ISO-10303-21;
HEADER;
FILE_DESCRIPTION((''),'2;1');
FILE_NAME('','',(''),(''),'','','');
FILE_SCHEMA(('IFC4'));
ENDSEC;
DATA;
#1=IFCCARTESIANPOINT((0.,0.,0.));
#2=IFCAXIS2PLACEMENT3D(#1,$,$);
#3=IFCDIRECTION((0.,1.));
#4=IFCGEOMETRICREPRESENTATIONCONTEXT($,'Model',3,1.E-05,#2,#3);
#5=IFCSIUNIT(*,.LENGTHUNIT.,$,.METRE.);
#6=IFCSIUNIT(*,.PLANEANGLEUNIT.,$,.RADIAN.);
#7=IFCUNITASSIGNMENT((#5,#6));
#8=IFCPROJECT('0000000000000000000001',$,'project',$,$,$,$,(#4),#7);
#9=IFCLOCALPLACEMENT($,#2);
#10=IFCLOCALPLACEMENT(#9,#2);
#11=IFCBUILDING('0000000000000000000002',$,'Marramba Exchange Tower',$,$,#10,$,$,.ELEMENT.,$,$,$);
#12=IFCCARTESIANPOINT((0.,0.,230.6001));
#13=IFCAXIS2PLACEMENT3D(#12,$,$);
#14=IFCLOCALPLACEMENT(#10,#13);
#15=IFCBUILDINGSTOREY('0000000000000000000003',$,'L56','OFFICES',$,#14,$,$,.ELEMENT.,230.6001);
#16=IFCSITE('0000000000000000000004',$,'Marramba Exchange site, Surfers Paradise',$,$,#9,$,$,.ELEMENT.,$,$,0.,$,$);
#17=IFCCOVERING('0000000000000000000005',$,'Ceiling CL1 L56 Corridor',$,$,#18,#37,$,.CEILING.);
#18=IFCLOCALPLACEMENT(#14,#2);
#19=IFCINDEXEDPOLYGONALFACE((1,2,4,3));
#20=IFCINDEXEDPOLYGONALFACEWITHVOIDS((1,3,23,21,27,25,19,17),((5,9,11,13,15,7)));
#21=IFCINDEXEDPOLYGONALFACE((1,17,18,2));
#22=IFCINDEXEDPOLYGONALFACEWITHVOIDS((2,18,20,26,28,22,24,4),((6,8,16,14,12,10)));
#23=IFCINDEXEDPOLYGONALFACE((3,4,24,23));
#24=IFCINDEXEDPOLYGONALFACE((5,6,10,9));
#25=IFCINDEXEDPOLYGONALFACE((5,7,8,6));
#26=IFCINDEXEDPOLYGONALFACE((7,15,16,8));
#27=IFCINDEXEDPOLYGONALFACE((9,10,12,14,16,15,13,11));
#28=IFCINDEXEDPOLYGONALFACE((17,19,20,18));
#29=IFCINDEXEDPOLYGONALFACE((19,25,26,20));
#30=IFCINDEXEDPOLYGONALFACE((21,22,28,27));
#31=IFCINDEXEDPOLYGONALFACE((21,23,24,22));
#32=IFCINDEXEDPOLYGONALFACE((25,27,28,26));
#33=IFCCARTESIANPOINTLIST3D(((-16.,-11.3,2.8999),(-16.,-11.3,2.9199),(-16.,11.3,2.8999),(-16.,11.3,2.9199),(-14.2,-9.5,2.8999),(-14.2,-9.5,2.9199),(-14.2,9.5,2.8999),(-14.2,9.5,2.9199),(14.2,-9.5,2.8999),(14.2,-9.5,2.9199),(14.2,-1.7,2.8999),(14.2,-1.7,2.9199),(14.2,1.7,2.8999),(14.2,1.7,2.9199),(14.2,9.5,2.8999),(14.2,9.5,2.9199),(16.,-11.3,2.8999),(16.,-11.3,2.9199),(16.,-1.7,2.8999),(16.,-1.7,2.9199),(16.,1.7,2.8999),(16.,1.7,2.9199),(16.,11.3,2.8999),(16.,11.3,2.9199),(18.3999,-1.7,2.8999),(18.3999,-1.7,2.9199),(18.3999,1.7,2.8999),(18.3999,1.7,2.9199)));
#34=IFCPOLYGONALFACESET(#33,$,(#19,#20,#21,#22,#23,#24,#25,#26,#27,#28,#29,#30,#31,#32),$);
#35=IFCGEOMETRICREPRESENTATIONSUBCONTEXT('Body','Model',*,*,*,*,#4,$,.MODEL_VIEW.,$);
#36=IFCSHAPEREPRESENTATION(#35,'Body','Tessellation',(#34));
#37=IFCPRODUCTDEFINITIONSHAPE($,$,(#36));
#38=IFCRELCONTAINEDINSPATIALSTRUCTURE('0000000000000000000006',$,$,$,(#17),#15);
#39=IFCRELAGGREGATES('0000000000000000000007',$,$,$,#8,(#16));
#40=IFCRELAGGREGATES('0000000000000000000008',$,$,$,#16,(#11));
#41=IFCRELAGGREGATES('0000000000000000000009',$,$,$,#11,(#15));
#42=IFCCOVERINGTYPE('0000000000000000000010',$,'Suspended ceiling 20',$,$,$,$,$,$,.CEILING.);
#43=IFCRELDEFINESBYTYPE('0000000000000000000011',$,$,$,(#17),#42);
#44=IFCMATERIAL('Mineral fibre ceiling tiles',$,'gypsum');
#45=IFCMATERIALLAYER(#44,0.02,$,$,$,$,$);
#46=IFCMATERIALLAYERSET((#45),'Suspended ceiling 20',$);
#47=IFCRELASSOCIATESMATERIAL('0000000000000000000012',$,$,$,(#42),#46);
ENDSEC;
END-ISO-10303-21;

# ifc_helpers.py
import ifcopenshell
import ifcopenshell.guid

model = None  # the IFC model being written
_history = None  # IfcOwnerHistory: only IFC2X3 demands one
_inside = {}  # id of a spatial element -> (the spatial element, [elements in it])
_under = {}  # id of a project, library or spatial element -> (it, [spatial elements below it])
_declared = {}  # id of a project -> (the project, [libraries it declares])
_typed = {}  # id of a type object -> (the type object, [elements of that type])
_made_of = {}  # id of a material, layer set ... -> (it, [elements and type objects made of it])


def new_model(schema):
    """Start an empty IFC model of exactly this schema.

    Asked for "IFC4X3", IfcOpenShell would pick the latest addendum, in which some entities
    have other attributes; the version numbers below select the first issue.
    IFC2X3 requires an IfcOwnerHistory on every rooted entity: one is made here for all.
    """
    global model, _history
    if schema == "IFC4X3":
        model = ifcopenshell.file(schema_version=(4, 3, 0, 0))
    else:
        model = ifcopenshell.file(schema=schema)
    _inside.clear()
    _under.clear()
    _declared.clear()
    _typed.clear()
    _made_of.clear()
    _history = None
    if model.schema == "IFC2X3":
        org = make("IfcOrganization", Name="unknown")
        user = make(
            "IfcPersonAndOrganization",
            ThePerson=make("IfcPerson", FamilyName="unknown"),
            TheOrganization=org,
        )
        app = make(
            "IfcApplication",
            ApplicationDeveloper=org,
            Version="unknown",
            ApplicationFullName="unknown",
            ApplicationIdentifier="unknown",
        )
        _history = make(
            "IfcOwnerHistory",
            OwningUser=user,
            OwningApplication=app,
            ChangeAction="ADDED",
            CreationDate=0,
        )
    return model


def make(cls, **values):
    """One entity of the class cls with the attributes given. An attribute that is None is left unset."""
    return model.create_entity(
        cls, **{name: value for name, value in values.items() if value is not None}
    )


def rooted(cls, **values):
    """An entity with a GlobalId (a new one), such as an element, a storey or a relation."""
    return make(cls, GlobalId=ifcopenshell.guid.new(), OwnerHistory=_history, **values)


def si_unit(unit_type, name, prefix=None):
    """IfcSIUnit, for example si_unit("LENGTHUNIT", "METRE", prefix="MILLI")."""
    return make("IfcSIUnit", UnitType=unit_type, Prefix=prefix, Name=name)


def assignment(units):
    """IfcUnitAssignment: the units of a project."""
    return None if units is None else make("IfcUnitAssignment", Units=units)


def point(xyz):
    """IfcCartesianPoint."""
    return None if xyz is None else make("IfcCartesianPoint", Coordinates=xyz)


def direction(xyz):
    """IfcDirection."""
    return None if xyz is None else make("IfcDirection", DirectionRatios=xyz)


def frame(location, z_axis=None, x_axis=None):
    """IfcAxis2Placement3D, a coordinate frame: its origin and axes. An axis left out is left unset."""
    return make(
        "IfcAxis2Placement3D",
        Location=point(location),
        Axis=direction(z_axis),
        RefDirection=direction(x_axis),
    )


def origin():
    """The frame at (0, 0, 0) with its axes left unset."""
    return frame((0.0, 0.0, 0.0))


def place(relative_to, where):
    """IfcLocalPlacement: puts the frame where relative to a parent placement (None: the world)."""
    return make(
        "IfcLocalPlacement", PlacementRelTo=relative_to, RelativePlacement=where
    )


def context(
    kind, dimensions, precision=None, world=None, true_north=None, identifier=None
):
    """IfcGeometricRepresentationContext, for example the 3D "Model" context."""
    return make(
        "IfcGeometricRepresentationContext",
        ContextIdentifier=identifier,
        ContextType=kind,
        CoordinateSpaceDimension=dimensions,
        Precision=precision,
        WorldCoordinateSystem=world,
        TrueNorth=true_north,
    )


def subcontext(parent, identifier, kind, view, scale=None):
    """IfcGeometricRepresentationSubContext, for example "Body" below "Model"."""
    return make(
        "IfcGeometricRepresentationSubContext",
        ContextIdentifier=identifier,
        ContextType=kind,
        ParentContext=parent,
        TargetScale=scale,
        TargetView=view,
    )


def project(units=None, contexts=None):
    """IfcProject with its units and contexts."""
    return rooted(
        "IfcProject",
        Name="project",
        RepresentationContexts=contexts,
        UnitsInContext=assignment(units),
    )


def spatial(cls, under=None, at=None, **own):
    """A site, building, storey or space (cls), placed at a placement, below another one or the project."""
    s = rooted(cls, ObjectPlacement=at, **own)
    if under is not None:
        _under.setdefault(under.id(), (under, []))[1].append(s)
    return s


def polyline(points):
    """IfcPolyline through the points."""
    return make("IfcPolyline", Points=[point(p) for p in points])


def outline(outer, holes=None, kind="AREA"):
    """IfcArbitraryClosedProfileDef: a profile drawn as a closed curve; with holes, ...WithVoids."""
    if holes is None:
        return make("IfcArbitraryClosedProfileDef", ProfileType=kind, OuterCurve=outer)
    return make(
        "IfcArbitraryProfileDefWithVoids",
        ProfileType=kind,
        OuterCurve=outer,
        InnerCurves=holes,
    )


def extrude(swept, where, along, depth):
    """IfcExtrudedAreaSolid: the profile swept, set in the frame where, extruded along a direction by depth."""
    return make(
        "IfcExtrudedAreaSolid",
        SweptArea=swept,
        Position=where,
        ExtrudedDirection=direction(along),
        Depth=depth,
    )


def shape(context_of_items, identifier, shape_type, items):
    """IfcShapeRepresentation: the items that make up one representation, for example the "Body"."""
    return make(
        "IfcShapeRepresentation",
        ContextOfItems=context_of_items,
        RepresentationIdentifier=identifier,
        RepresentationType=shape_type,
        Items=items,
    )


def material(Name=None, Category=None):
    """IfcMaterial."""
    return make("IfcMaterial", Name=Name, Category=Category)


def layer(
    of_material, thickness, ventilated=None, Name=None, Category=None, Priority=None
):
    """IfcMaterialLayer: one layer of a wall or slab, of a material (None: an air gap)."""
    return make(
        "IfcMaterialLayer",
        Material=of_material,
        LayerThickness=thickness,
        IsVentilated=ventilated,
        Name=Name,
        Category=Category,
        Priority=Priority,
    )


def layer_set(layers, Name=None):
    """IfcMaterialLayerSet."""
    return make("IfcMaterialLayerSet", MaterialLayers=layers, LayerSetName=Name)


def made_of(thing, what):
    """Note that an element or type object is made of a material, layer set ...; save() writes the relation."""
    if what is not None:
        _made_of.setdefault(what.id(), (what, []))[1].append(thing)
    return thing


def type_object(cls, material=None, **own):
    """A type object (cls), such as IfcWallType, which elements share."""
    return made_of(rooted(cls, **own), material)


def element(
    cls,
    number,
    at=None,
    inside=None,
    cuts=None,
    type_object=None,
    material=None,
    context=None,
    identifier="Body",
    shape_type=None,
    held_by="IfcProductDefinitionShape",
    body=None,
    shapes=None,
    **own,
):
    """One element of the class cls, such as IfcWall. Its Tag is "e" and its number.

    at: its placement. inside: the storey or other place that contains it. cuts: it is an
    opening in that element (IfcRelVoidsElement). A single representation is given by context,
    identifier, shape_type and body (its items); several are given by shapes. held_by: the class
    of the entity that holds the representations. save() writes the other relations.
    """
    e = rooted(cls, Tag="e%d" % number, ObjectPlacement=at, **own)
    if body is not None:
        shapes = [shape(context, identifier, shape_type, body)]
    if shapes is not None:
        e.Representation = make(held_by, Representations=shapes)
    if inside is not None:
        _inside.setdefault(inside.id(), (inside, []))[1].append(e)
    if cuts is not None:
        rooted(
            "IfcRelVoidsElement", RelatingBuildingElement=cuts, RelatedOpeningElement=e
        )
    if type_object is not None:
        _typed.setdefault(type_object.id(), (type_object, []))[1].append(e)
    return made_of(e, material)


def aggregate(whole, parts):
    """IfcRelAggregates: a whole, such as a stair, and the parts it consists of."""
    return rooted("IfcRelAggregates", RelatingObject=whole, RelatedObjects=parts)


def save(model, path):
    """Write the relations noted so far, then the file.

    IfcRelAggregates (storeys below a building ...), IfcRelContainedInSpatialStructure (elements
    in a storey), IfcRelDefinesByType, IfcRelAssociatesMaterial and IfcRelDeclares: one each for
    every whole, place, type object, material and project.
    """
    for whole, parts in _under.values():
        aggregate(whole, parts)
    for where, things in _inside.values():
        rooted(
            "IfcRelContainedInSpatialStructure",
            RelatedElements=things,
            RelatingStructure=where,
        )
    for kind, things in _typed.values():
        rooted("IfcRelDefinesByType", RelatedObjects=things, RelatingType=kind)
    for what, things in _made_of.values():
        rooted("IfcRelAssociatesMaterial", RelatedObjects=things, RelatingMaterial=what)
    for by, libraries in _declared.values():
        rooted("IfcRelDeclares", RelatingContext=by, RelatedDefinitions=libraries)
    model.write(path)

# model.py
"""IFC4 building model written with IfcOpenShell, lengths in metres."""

from ifc_helpers import new_model, si_unit, direction, frame, origin, place, context, subcontext, project, spatial, polyline, outline, extrude, material, layer, layer_set, type_object, element, save


model = new_model("IFC4")

# Units and contexts
model_context = context("Model", 3, precision=1e-05, world=origin(), true_north=direction((0.0, 1.0)))
body_context = subcontext(model_context, "Body", "Model", "MODEL_VIEW")
ifc_project = project(units=[si_unit("LENGTHUNIT", "METRE"), si_unit("PLANEANGLEUNIT", "RADIAN")], contexts=[model_context])

# Site, building, storey
site_placement = place(None, origin())
site = spatial("IfcSite", under=ifc_project, at=site_placement, Name="Marramba Exchange site, Surfers Paradise", CompositionType="ELEMENT", RefElevation=0.0)
building_placement = place(site_placement, origin())
building = spatial("IfcBuilding", under=site, at=building_placement, Name="Marramba Exchange Tower", CompositionType="ELEMENT")
storey_placement = place(building_placement, frame((0.0, 0.0, 230.6001)))
storey = spatial("IfcBuildingStorey", under=building, at=storey_placement, Name="L56", Description="OFFICES", CompositionType="ELEMENT", Elevation=230.6001)

# Covering
ifc_material_1 = material(Name="Mineral fibre ceiling tiles", Category="gypsum")
ifc_layer_1 = layer(ifc_material_1, 0.02)
ifc_layer_set_1 = layer_set([ifc_layer_1], Name="Suspended ceiling 20")
covering_type = type_object("IfcCoveringType", Name="Suspended ceiling 20", PredefinedType="CEILING", material=ifc_layer_set_1)
covering_1_placement = place(storey_placement, frame((0.0, 0.0, 2.8999)))
element("IfcCovering", 1, at=covering_1_placement, inside=storey, type_object=covering_type, Name="Ceiling CL1 L56 Corridor", PredefinedType="CEILING", context=body_context, shape_type="SweptSolid", body=[
    extrude(outline(polyline([(18.3999, 1.7), (18.3999, -1.7), (16.0, -1.7), (16.0, -11.3), (-16.0, -11.3), (-16.0, 11.3), (16.0, 11.3), (16.0, 1.7), (18.3999, 1.7)]), holes=[polyline([(14.2, -1.7), (14.2, 1.7), (14.2, 9.5), (-14.2, 9.5), (-14.2, -9.5), (14.2, -9.5), (14.2, -1.7)])]), origin(), (0.0, 0.0, 1.0), 0.02),
])

save(model, "model.ifc")
